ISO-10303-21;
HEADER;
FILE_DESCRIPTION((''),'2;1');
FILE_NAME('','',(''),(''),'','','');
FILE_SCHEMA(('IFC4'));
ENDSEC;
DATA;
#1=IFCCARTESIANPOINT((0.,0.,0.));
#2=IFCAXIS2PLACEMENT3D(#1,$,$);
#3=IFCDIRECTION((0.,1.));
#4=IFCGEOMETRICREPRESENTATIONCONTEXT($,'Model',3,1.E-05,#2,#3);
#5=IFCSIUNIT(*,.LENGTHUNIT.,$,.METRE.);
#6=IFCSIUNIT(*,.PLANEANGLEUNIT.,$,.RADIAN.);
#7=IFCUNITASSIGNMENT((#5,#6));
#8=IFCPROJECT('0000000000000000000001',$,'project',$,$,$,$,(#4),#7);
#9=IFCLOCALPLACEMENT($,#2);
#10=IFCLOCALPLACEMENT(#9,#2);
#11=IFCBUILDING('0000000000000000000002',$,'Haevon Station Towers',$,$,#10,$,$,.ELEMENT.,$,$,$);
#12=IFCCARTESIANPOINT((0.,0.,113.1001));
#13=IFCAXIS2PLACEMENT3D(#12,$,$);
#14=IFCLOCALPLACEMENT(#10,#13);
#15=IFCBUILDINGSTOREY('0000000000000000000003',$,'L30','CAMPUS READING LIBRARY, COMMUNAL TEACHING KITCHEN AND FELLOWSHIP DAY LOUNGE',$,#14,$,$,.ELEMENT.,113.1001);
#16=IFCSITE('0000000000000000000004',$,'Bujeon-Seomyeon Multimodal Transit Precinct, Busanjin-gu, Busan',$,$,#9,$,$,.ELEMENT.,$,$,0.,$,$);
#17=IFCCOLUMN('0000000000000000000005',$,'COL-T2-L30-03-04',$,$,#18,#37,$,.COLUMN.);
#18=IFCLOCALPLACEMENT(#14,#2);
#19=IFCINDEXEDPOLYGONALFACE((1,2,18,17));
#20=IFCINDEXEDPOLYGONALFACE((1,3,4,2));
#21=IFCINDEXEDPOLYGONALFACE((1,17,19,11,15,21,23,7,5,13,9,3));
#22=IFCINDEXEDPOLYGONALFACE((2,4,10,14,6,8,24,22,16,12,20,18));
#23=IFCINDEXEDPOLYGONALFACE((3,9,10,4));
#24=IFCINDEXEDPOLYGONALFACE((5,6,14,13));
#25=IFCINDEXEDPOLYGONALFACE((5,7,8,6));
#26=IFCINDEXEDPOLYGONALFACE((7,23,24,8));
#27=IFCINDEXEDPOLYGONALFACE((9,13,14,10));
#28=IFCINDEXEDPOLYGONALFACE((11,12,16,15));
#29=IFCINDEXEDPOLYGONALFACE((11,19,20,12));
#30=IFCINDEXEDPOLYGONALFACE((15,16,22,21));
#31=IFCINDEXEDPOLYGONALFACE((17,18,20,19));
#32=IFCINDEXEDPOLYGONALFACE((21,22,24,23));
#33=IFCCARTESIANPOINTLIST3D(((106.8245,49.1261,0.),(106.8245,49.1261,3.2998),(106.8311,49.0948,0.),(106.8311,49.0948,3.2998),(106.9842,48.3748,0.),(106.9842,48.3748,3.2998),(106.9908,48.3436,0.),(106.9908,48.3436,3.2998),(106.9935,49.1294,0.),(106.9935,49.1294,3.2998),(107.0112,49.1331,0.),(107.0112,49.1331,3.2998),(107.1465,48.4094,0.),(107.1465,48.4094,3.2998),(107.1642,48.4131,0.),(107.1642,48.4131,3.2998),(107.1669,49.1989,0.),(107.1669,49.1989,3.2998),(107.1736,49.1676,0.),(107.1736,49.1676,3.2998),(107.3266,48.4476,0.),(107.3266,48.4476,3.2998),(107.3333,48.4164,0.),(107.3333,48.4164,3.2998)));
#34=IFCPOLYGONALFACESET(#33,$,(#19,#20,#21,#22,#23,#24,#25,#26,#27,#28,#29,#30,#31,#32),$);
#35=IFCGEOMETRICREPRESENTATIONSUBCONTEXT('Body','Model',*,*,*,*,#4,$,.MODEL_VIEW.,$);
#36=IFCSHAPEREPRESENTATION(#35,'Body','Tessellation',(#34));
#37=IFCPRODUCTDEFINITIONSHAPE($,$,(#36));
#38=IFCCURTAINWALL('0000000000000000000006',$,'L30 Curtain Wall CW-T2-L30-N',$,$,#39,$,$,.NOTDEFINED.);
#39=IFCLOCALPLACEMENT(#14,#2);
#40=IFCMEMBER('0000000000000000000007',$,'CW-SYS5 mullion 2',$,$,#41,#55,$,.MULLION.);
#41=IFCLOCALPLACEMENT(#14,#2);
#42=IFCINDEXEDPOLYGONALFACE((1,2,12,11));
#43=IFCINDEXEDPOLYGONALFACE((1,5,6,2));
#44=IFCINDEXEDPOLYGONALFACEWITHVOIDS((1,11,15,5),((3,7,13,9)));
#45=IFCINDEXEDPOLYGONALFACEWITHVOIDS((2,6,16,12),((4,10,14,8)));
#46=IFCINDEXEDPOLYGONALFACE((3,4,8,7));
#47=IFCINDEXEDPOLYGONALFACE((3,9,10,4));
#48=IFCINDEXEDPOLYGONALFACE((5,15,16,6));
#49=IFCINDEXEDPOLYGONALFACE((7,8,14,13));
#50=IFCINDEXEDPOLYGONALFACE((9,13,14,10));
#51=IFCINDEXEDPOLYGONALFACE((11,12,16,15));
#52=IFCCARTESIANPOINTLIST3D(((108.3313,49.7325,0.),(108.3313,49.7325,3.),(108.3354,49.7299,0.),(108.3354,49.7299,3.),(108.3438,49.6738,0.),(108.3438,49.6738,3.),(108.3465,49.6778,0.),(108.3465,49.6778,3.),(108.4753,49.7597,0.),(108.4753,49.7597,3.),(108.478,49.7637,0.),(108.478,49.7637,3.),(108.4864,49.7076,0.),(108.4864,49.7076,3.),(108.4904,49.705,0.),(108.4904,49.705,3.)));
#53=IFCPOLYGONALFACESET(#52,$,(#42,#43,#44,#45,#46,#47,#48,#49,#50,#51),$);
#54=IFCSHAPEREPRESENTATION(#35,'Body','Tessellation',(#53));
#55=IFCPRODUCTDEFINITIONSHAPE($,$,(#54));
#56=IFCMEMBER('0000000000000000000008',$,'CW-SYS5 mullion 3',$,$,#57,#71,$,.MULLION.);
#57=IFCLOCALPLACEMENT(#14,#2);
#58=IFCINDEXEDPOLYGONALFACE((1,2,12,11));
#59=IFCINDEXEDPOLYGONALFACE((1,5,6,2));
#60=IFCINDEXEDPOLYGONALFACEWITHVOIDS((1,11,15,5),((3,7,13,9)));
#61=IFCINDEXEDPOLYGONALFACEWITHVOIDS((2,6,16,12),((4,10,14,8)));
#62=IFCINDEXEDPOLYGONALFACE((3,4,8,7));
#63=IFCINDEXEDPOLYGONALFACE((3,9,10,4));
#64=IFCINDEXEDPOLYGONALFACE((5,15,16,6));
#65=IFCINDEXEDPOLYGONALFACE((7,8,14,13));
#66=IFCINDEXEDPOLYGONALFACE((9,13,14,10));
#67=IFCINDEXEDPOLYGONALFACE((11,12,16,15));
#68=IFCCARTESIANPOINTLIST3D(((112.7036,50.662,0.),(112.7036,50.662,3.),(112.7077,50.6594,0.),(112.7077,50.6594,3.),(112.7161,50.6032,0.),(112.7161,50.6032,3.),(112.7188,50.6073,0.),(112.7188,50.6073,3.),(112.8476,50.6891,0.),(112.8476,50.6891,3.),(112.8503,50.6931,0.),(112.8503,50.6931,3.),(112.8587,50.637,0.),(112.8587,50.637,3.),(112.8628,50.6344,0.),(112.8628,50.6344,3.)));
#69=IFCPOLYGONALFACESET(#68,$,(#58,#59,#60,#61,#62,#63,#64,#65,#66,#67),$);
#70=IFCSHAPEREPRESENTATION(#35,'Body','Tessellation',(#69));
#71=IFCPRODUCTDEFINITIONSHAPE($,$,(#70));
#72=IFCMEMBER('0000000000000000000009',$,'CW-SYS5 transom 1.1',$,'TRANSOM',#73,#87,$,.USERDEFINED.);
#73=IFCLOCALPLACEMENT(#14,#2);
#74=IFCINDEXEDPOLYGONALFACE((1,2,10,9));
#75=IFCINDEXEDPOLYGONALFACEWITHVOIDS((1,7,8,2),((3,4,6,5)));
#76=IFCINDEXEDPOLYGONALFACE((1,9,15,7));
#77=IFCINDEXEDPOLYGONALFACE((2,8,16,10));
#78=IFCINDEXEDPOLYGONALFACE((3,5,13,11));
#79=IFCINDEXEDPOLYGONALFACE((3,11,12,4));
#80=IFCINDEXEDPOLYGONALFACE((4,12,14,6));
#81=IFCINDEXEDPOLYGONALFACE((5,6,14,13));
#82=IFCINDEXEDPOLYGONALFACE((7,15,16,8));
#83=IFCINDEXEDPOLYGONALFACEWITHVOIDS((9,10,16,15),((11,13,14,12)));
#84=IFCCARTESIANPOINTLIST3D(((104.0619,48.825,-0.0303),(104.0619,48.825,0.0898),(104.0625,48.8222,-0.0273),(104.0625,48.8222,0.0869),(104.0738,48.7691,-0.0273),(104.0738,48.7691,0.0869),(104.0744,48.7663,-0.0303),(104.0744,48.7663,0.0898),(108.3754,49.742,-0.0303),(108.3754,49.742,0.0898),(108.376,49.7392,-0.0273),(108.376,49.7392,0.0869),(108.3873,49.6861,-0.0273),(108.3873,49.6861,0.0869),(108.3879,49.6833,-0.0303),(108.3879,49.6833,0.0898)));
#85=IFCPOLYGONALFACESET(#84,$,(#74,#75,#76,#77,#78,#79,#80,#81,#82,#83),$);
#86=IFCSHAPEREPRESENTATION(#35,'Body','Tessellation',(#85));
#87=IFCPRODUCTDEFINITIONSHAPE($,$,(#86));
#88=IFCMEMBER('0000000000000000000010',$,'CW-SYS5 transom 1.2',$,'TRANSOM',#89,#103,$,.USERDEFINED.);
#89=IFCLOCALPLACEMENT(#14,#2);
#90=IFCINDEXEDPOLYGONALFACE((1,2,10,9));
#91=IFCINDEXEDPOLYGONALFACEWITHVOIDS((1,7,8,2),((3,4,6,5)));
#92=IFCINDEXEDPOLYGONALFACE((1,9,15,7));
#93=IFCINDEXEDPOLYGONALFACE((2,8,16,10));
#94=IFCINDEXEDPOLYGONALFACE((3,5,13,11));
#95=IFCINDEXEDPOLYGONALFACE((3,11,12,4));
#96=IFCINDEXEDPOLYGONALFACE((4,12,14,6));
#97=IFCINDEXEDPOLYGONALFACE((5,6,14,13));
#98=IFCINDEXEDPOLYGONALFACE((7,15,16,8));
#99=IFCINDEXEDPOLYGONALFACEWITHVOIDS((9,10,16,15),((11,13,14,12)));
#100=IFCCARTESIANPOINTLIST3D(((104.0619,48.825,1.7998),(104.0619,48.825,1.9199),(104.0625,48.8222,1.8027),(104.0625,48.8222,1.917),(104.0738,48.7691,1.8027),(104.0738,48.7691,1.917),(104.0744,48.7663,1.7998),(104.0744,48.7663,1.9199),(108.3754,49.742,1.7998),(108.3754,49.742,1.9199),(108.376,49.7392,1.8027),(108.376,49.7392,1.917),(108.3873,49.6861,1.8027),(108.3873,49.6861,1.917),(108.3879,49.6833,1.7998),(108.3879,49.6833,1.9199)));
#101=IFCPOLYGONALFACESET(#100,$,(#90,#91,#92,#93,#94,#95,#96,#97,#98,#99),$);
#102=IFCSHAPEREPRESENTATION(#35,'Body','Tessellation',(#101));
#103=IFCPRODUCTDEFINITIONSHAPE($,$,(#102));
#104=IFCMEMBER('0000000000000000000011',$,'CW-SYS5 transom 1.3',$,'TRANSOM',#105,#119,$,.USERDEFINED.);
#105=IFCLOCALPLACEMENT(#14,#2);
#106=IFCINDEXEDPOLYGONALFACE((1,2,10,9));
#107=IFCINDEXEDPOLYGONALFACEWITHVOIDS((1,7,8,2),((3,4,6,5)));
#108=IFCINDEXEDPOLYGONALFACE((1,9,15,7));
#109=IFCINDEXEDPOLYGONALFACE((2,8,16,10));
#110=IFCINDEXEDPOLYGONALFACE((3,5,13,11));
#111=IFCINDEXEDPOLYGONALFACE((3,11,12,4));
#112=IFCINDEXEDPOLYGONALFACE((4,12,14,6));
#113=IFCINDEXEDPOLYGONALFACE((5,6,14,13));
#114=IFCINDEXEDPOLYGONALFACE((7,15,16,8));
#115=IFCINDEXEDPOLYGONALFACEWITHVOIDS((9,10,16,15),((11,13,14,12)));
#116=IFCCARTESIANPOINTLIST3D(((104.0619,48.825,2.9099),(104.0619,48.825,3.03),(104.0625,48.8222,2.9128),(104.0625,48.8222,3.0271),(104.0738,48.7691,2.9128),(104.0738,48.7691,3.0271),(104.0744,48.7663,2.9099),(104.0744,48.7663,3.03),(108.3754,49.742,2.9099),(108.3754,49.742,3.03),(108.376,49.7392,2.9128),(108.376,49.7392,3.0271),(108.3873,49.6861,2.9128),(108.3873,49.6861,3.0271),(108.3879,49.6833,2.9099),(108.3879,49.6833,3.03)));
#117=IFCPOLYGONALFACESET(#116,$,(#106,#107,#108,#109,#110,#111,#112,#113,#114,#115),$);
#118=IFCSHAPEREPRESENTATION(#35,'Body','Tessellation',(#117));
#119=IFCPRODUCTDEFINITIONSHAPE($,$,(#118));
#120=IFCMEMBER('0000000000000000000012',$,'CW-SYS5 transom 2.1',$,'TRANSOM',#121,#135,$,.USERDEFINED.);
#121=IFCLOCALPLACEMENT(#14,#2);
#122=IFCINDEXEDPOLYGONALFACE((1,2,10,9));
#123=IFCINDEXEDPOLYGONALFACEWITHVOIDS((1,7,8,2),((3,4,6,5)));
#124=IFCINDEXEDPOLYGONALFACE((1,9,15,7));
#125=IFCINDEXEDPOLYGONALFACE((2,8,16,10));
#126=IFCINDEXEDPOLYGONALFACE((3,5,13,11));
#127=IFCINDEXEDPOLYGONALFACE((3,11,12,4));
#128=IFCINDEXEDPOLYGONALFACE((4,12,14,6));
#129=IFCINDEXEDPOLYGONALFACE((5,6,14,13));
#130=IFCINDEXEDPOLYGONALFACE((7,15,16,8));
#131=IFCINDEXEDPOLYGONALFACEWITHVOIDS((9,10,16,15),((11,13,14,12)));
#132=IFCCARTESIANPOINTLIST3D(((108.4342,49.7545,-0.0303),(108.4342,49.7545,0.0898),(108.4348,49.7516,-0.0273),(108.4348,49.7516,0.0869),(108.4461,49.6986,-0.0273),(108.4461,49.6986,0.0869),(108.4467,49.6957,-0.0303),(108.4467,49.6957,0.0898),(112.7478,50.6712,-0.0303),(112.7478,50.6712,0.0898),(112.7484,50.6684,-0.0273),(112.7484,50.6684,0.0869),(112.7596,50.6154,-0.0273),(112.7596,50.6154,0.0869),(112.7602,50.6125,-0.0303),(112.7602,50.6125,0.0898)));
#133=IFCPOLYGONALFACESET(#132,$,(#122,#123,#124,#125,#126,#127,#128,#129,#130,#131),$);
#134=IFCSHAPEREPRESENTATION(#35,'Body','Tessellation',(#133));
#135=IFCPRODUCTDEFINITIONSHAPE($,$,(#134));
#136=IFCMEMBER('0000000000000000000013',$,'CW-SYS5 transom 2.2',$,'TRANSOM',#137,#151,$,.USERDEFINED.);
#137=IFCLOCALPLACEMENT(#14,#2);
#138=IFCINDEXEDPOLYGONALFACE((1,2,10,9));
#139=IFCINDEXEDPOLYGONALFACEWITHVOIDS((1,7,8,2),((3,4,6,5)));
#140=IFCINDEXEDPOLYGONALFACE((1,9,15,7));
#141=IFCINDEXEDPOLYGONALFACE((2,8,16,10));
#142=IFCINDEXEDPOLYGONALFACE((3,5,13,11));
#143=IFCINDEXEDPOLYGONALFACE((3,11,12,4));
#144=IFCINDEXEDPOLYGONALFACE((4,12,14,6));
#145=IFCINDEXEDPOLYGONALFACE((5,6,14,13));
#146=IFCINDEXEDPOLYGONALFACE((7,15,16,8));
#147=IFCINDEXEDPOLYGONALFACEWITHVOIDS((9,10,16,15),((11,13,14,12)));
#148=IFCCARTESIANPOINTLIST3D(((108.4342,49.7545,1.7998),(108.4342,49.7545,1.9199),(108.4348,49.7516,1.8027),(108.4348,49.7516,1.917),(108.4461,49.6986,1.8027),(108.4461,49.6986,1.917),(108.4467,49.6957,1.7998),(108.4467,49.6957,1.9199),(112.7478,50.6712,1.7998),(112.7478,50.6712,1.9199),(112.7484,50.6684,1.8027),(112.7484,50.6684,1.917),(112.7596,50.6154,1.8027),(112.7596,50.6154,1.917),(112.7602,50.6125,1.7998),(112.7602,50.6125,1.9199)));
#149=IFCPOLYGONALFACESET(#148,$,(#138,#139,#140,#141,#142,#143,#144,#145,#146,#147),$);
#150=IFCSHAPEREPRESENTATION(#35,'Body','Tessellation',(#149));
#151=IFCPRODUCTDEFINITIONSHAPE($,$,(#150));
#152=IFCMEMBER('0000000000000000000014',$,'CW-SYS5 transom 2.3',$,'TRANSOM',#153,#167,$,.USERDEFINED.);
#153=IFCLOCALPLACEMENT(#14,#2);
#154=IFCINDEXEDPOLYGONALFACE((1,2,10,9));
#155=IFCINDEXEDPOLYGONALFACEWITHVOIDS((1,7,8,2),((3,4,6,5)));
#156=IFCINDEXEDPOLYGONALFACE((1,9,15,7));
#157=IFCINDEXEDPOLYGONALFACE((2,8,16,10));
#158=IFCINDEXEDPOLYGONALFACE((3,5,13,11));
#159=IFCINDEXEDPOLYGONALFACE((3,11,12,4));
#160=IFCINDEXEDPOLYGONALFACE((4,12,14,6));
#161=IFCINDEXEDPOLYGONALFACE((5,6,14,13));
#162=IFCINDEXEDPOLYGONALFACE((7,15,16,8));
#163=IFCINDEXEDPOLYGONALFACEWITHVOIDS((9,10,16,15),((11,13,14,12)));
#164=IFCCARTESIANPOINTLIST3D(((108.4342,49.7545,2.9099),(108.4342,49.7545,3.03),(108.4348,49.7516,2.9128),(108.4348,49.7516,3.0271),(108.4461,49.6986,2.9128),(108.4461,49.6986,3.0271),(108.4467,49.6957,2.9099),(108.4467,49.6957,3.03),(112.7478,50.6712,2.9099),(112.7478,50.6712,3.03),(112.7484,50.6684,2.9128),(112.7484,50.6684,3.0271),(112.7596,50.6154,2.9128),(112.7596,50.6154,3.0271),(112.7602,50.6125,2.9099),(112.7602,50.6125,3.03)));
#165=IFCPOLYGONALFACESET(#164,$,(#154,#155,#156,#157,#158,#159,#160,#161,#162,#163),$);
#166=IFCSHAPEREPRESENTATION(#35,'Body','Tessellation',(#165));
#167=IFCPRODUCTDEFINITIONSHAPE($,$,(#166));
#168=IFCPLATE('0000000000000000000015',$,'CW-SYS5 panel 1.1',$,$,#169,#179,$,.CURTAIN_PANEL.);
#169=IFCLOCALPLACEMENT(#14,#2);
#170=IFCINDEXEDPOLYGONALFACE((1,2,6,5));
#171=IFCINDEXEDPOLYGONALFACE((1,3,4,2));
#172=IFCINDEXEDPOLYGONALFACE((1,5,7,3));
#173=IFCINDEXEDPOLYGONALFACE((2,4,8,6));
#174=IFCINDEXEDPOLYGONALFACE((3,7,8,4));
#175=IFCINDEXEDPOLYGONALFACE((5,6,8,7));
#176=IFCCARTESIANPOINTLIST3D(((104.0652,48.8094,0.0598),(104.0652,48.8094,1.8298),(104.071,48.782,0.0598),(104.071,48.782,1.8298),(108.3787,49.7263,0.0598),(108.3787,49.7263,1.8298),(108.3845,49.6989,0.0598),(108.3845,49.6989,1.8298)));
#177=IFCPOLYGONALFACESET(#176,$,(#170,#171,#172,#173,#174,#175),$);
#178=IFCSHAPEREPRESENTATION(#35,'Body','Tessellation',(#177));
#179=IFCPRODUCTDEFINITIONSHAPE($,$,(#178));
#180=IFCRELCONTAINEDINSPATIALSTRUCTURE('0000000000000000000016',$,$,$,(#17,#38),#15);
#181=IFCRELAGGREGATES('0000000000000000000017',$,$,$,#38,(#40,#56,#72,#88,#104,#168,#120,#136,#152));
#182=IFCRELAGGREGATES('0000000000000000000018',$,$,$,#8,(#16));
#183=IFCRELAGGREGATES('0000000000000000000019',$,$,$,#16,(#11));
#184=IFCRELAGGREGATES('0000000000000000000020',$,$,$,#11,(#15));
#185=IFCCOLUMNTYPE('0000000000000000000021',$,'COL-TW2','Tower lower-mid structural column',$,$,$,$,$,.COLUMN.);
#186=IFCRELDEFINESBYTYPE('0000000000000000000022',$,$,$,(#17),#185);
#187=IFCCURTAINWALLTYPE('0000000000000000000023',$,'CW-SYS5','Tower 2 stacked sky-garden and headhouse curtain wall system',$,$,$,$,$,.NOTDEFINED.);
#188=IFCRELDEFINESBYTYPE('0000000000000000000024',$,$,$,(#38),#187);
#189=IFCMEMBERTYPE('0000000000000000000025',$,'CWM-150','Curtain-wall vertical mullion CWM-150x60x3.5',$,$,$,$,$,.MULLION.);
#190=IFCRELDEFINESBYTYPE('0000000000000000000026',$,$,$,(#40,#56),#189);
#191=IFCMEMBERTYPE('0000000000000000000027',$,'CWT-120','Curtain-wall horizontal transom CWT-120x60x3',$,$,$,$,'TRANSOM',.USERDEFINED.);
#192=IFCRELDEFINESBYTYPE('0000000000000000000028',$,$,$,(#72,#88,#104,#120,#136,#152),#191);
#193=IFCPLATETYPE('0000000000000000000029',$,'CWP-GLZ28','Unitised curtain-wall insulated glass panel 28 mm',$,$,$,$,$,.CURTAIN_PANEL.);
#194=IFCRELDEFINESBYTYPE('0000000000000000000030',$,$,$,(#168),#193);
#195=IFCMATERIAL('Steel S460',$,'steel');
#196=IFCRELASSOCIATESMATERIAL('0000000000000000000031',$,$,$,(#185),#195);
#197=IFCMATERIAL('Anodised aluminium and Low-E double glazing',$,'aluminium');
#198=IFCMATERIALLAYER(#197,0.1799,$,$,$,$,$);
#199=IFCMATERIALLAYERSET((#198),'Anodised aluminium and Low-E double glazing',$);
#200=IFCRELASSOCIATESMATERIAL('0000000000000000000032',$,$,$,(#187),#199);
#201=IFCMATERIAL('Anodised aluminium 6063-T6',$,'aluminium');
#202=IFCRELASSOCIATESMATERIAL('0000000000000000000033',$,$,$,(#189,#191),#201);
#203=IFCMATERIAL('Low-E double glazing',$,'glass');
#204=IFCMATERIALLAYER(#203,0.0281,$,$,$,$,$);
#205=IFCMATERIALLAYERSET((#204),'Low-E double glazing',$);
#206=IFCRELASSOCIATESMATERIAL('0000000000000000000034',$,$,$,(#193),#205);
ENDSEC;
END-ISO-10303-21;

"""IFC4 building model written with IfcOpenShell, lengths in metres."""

from ifc_helpers import new_model, si_unit, direction, frame, origin, origin_2d, place, context, subcontext, project, spatial, rectangle, hollow_rectangle, i_section, extrude, material, layer, layer_set, material_profile, profile_set, type_object, element, aggregate, save


model = new_model("IFC4")

# Units and contexts
model_context = context("Model", 3, precision=1e-05, world=origin(), true_north=direction((0.0, 1.0)))
body_context = subcontext(model_context, "Body", "Model", "MODEL_VIEW")
ifc_project = project(units=[si_unit("LENGTHUNIT", "METRE"), si_unit("PLANEANGLEUNIT", "RADIAN")], contexts=[model_context])

# Site, building, storey
site_placement = place(None, origin())
site = spatial("IfcSite", under=ifc_project, at=site_placement, Name="Bujeon-Seomyeon Multimodal Transit Precinct, Busanjin-gu, Busan", CompositionType="ELEMENT", RefElevation=0.0)
building_placement = place(site_placement, origin())
building = spatial("IfcBuilding", under=site, at=building_placement, Name="Haevon Station Towers", CompositionType="ELEMENT")
storey_placement = place(building_placement, frame((0.0, 0.0, 113.1001)))
storey = spatial("IfcBuildingStorey", under=building, at=storey_placement, Name="L30", Description="CAMPUS READING LIBRARY, COMMUNAL TEACHING KITCHEN AND FELLOWSHIP DAY LOUNGE", CompositionType="ELEMENT", Elevation=113.1001)

# Column
ifc_material_1 = material(Name="Steel S460", Category="steel")
ifc_material_profile_1 = material_profile(ifc_material_1, i_section(OverallWidth=0.3501, OverallDepth=0.8, WebThickness=0.0181, FlangeThickness=0.032, at=origin_2d()), Name="H-800x350x18x32")
ifc_profile_set_1 = profile_set([ifc_material_profile_1], Name="Steel S460")
column_type = type_object("IfcColumnType", Name="COL-TW2", Description="Tower lower-mid structural column", PredefinedType="COLUMN", material=ifc_profile_set_1)
column_placement = place(storey_placement, frame((107.0789, 48.7712, 0.0), z_axis=(0.0, 0.0, 1.0), x_axis=(0.978148, 0.207912, 0.0)))
element("IfcColumn", 1, at=column_placement, inside=storey, type_object=column_type, Name="COL-T2-L30-03-04", PredefinedType="COLUMN", context=body_context, shape_type="SweptSolid", body=[
    extrude(i_section(OverallWidth=0.3501, OverallDepth=0.8, WebThickness=0.0181, FlangeThickness=0.032, at=origin_2d()), origin(), (0.0, 0.0, 1.0), 3.2998),
])

# Curtain wall, members, plate
ifc_material_2 = material(Name="Anodised aluminium and Low-E double glazing", Category="aluminium")
ifc_layer_1 = layer(ifc_material_2, 0.1799)
ifc_layer_set_1 = layer_set([ifc_layer_1], Name="Anodised aluminium and Low-E double glazing")
curtain_wall_type = type_object("IfcCurtainWallType", Name="CW-SYS5", Description="Tower 2 stacked sky-garden and headhouse curtain wall system", PredefinedType="NOTDEFINED", material=ifc_layer_set_1)
curtain_wall_placement = place(storey_placement, origin())
curtain_wall = element("IfcCurtainWall", 2, at=curtain_wall_placement, inside=storey, type_object=curtain_wall_type, Name="L30 Curtain Wall CW-T2-L30-N", PredefinedType="NOTDEFINED")
ifc_material_3 = material(Name="Anodised aluminium 6063-T6", Category="aluminium")
ifc_material_profile_2 = material_profile(ifc_material_3, hollow_rectangle(XDim=0.0601, YDim=0.1499, WallThickness=0.0034, at=origin_2d()), Name="CWM-150x60x3.5")
ifc_profile_set_2 = profile_set([ifc_material_profile_2], Name="Anodised aluminium 6063-T6")
member_type_1 = type_object("IfcMemberType", Name="CWM-150", Description="Curtain-wall vertical mullion CWM-150x60x3.5", PredefinedType="MULLION", material=ifc_profile_set_2)
member_1_placement = place(storey_placement, frame((108.4109, 49.7188, 0.0), z_axis=(0.0, 0.0, 1.0), x_axis=(-0.207912, 0.978148, 0.0)))
member_1 = element("IfcMember", 3, at=member_1_placement, type_object=member_type_1, Name="CW-SYS5 mullion 2", PredefinedType="MULLION", context=body_context, shape_type="SweptSolid", body=[
    extrude(hollow_rectangle(XDim=0.0601, YDim=0.1499, WallThickness=0.0034, at=origin_2d()), origin(), (0.0, 0.0, 1.0), 3.0),
])
member_2_placement = place(storey_placement, frame((112.7832, 50.6482, 0.0), z_axis=(0.0, 0.0, 1.0), x_axis=(-0.207912, 0.978148, 0.0)))
member_2 = element("IfcMember", 4, at=member_2_placement, type_object=member_type_1, Name="CW-SYS5 mullion 3", PredefinedType="MULLION", context=body_context, shape_type="SweptSolid", body=[
    extrude(hollow_rectangle(XDim=0.0601, YDim=0.1499, WallThickness=0.0034, at=origin_2d()), origin(), (0.0, 0.0, 1.0), 3.0),
])
ifc_material_profile_3 = material_profile(ifc_material_3, hollow_rectangle(XDim=0.0601, YDim=0.1201, WallThickness=0.0029, at=origin_2d()), Name="CWT-120x60x3")
ifc_profile_set_3 = profile_set([ifc_material_profile_3], Name="Anodised aluminium 6063-T6")
member_type_2 = type_object("IfcMemberType", Name="CWT-120", Description="Curtain-wall horizontal transom CWT-120x60x3", ElementType="TRANSOM", PredefinedType="USERDEFINED", material=ifc_profile_set_3)
member_3_placement = place(storey_placement, frame((104.0681, 48.7957, 0.0298), z_axis=(0.978141, 0.207941, 0.0), x_axis=(-0.207941, 0.978141, 0.0)))
member_3 = element("IfcMember", 5, at=member_3_placement, type_object=member_type_2, Name="CW-SYS5 transom 1.1", ObjectType="TRANSOM", PredefinedType="USERDEFINED", context=body_context, shape_type="SweptSolid", body=[
    extrude(hollow_rectangle(XDim=0.0601, YDim=0.1201, WallThickness=0.0029, at=origin_2d()), origin(), (0.0, 0.0, 1.0), 4.4099),
])
member_4_placement = place(storey_placement, frame((104.0681, 48.7957, 1.8599), z_axis=(0.978141, 0.207941, 0.0), x_axis=(-0.207941, 0.978141, 0.0)))
member_4 = element("IfcMember", 6, at=member_4_placement, type_object=member_type_2, Name="CW-SYS5 transom 1.2", ObjectType="TRANSOM", PredefinedType="USERDEFINED", context=body_context, shape_type="SweptSolid", body=[
    extrude(hollow_rectangle(XDim=0.0601, YDim=0.1201, WallThickness=0.0029, at=origin_2d()), origin(), (0.0, 0.0, 1.0), 4.4099),
])
member_5_placement = place(storey_placement, frame((104.0681, 48.7957, 2.97), z_axis=(0.978141, 0.207941, 0.0), x_axis=(-0.207941, 0.978141, 0.0)))
member_5 = element("IfcMember", 7, at=member_5_placement, type_object=member_type_2, Name="CW-SYS5 transom 1.3", ObjectType="TRANSOM", PredefinedType="USERDEFINED", context=body_context, shape_type="SweptSolid", body=[
    extrude(hollow_rectangle(XDim=0.0601, YDim=0.1201, WallThickness=0.0029, at=origin_2d()), origin(), (0.0, 0.0, 1.0), 4.4099),
])
member_6_placement = place(storey_placement, frame((108.4404, 49.7251, 0.0298), z_axis=(0.978153, 0.207888, 0.0), x_axis=(-0.207888, 0.978153, 0.0)))
member_6 = element("IfcMember", 8, at=member_6_placement, type_object=member_type_2, Name="CW-SYS5 transom 2.1", ObjectType="TRANSOM", PredefinedType="USERDEFINED", context=body_context, shape_type="SweptSolid", body=[
    extrude(hollow_rectangle(XDim=0.0601, YDim=0.1201, WallThickness=0.0029, at=origin_2d()), origin(), (0.0, 0.0, 1.0), 4.4099),
])
member_7_placement = place(storey_placement, frame((108.4404, 49.7251, 1.8599), z_axis=(0.978153, 0.207888, 0.0), x_axis=(-0.207888, 0.978153, 0.0)))
member_7 = element("IfcMember", 9, at=member_7_placement, type_object=member_type_2, Name="CW-SYS5 transom 2.2", ObjectType="TRANSOM", PredefinedType="USERDEFINED", context=body_context, shape_type="SweptSolid", body=[
    extrude(hollow_rectangle(XDim=0.0601, YDim=0.1201, WallThickness=0.0029, at=origin_2d()), origin(), (0.0, 0.0, 1.0), 4.4099),
])
member_8_placement = place(storey_placement, frame((108.4404, 49.7251, 2.97), z_axis=(0.978153, 0.207888, 0.0), x_axis=(-0.207888, 0.978153, 0.0)))
member_8 = element("IfcMember", 10, at=member_8_placement, type_object=member_type_2, Name="CW-SYS5 transom 2.3", ObjectType="TRANSOM", PredefinedType="USERDEFINED", context=body_context, shape_type="SweptSolid", body=[
    extrude(hollow_rectangle(XDim=0.0601, YDim=0.1201, WallThickness=0.0029, at=origin_2d()), origin(), (0.0, 0.0, 1.0), 4.4099),
])
ifc_material_4 = material(Name="Low-E double glazing", Category="glass")
ifc_layer_2 = layer(ifc_material_4, 0.0281)
ifc_layer_set_2 = layer_set([ifc_layer_2], Name="Low-E double glazing")
plate_type = type_object("IfcPlateType", Name="CWP-GLZ28", Description="Unitised curtain-wall insulated glass panel 28 mm", PredefinedType="CURTAIN_PANEL", material=ifc_layer_set_2)
plate_1_placement = place(storey_placement, frame((106.2249, 49.2542, 0.0598), z_axis=(0.0, 0.0, 1.0), x_axis=(0.978148, 0.207912, 0.0)))
plate_1 = element("IfcPlate", 11, at=plate_1_placement, type_object=plate_type, Name="CW-SYS5 panel 1.1", PredefinedType="CURTAIN_PANEL", context=body_context, shape_type="SweptSolid", body=[
    extrude(rectangle(XDim=4.4099, YDim=0.0281, at=origin_2d()), origin(), (0.0, 0.0, 1.0), 1.77),
])
aggregate(curtain_wall, [member_1, member_2, member_3, member_4, member_5, plate_1, member_6, member_7, member_8])

save(model, "model.ifc")
